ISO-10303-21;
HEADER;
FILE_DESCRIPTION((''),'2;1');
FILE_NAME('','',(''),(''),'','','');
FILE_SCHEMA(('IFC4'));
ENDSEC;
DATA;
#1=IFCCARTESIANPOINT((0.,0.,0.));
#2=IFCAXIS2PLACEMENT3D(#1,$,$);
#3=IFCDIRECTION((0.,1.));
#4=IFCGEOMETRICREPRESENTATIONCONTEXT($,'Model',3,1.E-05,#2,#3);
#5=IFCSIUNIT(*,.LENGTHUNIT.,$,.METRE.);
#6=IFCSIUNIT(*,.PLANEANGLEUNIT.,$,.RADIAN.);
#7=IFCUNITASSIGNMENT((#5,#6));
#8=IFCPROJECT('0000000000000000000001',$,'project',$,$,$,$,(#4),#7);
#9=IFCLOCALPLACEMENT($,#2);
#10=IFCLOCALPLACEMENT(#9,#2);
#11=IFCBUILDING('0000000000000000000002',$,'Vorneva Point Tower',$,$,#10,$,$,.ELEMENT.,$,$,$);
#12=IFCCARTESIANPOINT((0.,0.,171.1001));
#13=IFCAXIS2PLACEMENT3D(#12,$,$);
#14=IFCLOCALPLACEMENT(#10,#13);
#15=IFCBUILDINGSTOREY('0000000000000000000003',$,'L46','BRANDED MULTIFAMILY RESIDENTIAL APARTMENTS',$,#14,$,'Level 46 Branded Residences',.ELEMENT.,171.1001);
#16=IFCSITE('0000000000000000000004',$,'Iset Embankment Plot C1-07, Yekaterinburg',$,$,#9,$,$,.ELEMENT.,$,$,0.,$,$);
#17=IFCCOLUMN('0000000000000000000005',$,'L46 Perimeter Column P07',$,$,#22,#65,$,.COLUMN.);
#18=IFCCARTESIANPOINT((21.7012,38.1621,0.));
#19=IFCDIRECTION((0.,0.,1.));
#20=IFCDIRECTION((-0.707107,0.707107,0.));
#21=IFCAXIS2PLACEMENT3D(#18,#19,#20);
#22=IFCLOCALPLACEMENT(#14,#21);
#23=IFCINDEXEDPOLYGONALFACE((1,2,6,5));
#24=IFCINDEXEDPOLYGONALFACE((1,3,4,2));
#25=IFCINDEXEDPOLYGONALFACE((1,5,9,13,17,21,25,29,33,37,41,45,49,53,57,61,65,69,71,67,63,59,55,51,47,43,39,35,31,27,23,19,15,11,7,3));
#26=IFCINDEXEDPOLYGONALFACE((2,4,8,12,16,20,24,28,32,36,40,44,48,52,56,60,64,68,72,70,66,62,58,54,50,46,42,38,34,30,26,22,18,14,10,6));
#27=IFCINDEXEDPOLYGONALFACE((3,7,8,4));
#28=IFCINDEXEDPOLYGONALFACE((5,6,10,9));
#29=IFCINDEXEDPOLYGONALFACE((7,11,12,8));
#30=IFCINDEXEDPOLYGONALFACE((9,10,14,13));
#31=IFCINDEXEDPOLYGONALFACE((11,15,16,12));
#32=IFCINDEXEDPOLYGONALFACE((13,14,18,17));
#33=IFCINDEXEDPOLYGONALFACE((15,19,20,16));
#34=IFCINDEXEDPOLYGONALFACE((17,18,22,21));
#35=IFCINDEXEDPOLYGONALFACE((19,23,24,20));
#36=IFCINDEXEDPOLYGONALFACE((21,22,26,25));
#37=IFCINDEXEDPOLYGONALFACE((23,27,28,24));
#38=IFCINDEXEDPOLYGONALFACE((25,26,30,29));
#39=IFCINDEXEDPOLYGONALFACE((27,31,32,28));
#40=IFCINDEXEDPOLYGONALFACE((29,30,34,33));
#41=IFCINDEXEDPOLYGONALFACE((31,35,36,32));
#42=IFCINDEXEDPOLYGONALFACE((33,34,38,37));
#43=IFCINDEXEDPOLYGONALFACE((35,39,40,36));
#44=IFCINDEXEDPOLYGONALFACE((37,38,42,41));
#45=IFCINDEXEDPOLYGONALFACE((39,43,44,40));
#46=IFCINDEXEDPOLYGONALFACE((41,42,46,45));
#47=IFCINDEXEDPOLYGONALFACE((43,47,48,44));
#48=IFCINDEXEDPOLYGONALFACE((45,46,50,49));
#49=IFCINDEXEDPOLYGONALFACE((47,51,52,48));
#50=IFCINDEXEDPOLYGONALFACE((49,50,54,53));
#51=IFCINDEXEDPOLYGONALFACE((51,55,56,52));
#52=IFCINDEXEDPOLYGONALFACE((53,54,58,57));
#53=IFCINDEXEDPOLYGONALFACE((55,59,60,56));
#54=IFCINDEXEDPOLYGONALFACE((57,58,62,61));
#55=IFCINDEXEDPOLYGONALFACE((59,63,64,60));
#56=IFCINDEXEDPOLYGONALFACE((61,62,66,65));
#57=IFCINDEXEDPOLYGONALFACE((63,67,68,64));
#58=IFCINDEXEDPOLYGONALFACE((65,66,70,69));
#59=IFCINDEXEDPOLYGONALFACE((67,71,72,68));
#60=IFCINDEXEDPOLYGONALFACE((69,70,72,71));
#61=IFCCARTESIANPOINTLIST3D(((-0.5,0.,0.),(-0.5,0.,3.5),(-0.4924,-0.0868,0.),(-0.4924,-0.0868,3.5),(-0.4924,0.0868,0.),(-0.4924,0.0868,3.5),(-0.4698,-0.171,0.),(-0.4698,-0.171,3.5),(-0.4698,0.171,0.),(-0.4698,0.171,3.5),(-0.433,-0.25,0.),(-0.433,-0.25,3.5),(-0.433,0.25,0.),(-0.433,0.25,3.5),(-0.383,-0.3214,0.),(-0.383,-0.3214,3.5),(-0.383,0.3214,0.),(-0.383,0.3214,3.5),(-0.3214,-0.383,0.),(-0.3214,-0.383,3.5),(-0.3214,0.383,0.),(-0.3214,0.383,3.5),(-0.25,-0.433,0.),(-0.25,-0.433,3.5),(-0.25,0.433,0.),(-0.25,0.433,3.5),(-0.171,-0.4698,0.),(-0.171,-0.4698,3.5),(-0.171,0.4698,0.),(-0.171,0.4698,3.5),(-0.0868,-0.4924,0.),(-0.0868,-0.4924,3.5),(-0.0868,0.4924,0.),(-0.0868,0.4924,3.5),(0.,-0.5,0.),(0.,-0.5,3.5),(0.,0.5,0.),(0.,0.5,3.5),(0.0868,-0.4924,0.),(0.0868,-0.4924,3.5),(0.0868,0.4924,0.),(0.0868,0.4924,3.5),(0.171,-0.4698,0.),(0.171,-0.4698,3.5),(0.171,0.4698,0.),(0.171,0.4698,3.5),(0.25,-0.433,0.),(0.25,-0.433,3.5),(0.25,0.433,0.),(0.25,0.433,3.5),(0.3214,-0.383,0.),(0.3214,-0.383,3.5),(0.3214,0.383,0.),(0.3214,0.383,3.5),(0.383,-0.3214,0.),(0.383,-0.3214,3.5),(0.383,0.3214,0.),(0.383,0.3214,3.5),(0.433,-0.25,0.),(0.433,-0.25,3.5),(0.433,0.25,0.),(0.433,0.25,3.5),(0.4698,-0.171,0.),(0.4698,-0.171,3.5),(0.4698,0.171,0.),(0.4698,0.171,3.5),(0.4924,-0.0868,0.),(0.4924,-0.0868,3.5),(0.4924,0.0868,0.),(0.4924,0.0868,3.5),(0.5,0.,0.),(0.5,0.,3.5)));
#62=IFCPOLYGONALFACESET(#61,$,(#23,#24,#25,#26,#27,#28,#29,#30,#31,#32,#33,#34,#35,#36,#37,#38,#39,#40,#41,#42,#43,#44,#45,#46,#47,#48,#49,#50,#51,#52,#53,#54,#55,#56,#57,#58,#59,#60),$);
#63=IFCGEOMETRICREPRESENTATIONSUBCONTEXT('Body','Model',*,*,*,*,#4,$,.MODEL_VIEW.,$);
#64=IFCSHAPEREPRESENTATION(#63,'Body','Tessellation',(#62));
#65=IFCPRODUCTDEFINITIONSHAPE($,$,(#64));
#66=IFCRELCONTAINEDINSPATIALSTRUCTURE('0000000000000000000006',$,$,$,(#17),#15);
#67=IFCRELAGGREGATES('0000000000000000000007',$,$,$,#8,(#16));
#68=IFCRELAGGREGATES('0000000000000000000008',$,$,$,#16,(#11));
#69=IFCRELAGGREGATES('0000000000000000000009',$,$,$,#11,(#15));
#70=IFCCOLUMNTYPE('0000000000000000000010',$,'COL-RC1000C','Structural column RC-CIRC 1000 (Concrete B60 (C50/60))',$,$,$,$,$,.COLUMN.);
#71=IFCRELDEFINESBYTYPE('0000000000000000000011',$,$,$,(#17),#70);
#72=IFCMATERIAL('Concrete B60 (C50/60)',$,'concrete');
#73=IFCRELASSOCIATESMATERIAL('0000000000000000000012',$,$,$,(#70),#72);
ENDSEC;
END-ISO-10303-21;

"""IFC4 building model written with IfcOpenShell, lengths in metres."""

from ifc_helpers import new_model, si_unit, direction, frame, origin, origin_2d, place, context, subcontext, project, spatial, circle, extrude, material, material_profile, profile_set, type_object, element, save


model = new_model("IFC4")

# Units and contexts
model_context = context("Model", 3, precision=1e-05, world=origin(), true_north=direction((0.0, 1.0)))
body_context = subcontext(model_context, "Body", "Model", "MODEL_VIEW")
ifc_project = project(units=[si_unit("LENGTHUNIT", "METRE"), si_unit("PLANEANGLEUNIT", "RADIAN")], contexts=[model_context])

# Site, building, storey
site_placement = place(None, origin())
site = spatial("IfcSite", under=ifc_project, at=site_placement, Name="Iset Embankment Plot C1-07, Yekaterinburg", CompositionType="ELEMENT", RefElevation=0.0)
building_placement = place(site_placement, origin())
building = spatial("IfcBuilding", under=site, at=building_placement, Name="Vorneva Point Tower", CompositionType="ELEMENT")
storey_placement = place(building_placement, frame((0.0, 0.0, 171.1001)))
storey = spatial("IfcBuildingStorey", under=building, at=storey_placement, Name="L46", Description="BRANDED MULTIFAMILY RESIDENTIAL APARTMENTS", LongName="Level 46 Branded Residences", CompositionType="ELEMENT", Elevation=171.1001)

# Column
ifc_material_1 = material(Name="Concrete B60 (C50/60)", Category="concrete")
ifc_material_profile_1 = material_profile(ifc_material_1, circle(Radius=0.5, at=origin_2d()), Name="RC-CIRC 1000")
ifc_profile_set_1 = profile_set([ifc_material_profile_1], Name="Concrete B60 (C50/60)")
column_type_1 = type_object("IfcColumnType", Name="COL-RC1000C", Description="Structural column RC-CIRC 1000 (Concrete B60 (C50/60))", PredefinedType="COLUMN", material=ifc_profile_set_1)
for number, where, z_axis, x_axis, name in (
    (1, (21.7012, 38.1621, 0.0), (0.0, 0.0, 1.0), (-0.707107, 0.707107, 0.0), "L46 Perimeter Column P07"),
):
    element("IfcColumn", number, at=place(storey_placement, frame(where, z_axis=z_axis, x_axis=x_axis)), inside=storey, type_object=column_type_1, Name=name, PredefinedType="COLUMN", context=body_context, shape_type="SweptSolid", body=[
        extrude(circle(Radius=0.5, at=origin_2d()), origin(), (0.0, 0.0, 1.0), 3.5),
    ])

save(model, "model.ifc")
